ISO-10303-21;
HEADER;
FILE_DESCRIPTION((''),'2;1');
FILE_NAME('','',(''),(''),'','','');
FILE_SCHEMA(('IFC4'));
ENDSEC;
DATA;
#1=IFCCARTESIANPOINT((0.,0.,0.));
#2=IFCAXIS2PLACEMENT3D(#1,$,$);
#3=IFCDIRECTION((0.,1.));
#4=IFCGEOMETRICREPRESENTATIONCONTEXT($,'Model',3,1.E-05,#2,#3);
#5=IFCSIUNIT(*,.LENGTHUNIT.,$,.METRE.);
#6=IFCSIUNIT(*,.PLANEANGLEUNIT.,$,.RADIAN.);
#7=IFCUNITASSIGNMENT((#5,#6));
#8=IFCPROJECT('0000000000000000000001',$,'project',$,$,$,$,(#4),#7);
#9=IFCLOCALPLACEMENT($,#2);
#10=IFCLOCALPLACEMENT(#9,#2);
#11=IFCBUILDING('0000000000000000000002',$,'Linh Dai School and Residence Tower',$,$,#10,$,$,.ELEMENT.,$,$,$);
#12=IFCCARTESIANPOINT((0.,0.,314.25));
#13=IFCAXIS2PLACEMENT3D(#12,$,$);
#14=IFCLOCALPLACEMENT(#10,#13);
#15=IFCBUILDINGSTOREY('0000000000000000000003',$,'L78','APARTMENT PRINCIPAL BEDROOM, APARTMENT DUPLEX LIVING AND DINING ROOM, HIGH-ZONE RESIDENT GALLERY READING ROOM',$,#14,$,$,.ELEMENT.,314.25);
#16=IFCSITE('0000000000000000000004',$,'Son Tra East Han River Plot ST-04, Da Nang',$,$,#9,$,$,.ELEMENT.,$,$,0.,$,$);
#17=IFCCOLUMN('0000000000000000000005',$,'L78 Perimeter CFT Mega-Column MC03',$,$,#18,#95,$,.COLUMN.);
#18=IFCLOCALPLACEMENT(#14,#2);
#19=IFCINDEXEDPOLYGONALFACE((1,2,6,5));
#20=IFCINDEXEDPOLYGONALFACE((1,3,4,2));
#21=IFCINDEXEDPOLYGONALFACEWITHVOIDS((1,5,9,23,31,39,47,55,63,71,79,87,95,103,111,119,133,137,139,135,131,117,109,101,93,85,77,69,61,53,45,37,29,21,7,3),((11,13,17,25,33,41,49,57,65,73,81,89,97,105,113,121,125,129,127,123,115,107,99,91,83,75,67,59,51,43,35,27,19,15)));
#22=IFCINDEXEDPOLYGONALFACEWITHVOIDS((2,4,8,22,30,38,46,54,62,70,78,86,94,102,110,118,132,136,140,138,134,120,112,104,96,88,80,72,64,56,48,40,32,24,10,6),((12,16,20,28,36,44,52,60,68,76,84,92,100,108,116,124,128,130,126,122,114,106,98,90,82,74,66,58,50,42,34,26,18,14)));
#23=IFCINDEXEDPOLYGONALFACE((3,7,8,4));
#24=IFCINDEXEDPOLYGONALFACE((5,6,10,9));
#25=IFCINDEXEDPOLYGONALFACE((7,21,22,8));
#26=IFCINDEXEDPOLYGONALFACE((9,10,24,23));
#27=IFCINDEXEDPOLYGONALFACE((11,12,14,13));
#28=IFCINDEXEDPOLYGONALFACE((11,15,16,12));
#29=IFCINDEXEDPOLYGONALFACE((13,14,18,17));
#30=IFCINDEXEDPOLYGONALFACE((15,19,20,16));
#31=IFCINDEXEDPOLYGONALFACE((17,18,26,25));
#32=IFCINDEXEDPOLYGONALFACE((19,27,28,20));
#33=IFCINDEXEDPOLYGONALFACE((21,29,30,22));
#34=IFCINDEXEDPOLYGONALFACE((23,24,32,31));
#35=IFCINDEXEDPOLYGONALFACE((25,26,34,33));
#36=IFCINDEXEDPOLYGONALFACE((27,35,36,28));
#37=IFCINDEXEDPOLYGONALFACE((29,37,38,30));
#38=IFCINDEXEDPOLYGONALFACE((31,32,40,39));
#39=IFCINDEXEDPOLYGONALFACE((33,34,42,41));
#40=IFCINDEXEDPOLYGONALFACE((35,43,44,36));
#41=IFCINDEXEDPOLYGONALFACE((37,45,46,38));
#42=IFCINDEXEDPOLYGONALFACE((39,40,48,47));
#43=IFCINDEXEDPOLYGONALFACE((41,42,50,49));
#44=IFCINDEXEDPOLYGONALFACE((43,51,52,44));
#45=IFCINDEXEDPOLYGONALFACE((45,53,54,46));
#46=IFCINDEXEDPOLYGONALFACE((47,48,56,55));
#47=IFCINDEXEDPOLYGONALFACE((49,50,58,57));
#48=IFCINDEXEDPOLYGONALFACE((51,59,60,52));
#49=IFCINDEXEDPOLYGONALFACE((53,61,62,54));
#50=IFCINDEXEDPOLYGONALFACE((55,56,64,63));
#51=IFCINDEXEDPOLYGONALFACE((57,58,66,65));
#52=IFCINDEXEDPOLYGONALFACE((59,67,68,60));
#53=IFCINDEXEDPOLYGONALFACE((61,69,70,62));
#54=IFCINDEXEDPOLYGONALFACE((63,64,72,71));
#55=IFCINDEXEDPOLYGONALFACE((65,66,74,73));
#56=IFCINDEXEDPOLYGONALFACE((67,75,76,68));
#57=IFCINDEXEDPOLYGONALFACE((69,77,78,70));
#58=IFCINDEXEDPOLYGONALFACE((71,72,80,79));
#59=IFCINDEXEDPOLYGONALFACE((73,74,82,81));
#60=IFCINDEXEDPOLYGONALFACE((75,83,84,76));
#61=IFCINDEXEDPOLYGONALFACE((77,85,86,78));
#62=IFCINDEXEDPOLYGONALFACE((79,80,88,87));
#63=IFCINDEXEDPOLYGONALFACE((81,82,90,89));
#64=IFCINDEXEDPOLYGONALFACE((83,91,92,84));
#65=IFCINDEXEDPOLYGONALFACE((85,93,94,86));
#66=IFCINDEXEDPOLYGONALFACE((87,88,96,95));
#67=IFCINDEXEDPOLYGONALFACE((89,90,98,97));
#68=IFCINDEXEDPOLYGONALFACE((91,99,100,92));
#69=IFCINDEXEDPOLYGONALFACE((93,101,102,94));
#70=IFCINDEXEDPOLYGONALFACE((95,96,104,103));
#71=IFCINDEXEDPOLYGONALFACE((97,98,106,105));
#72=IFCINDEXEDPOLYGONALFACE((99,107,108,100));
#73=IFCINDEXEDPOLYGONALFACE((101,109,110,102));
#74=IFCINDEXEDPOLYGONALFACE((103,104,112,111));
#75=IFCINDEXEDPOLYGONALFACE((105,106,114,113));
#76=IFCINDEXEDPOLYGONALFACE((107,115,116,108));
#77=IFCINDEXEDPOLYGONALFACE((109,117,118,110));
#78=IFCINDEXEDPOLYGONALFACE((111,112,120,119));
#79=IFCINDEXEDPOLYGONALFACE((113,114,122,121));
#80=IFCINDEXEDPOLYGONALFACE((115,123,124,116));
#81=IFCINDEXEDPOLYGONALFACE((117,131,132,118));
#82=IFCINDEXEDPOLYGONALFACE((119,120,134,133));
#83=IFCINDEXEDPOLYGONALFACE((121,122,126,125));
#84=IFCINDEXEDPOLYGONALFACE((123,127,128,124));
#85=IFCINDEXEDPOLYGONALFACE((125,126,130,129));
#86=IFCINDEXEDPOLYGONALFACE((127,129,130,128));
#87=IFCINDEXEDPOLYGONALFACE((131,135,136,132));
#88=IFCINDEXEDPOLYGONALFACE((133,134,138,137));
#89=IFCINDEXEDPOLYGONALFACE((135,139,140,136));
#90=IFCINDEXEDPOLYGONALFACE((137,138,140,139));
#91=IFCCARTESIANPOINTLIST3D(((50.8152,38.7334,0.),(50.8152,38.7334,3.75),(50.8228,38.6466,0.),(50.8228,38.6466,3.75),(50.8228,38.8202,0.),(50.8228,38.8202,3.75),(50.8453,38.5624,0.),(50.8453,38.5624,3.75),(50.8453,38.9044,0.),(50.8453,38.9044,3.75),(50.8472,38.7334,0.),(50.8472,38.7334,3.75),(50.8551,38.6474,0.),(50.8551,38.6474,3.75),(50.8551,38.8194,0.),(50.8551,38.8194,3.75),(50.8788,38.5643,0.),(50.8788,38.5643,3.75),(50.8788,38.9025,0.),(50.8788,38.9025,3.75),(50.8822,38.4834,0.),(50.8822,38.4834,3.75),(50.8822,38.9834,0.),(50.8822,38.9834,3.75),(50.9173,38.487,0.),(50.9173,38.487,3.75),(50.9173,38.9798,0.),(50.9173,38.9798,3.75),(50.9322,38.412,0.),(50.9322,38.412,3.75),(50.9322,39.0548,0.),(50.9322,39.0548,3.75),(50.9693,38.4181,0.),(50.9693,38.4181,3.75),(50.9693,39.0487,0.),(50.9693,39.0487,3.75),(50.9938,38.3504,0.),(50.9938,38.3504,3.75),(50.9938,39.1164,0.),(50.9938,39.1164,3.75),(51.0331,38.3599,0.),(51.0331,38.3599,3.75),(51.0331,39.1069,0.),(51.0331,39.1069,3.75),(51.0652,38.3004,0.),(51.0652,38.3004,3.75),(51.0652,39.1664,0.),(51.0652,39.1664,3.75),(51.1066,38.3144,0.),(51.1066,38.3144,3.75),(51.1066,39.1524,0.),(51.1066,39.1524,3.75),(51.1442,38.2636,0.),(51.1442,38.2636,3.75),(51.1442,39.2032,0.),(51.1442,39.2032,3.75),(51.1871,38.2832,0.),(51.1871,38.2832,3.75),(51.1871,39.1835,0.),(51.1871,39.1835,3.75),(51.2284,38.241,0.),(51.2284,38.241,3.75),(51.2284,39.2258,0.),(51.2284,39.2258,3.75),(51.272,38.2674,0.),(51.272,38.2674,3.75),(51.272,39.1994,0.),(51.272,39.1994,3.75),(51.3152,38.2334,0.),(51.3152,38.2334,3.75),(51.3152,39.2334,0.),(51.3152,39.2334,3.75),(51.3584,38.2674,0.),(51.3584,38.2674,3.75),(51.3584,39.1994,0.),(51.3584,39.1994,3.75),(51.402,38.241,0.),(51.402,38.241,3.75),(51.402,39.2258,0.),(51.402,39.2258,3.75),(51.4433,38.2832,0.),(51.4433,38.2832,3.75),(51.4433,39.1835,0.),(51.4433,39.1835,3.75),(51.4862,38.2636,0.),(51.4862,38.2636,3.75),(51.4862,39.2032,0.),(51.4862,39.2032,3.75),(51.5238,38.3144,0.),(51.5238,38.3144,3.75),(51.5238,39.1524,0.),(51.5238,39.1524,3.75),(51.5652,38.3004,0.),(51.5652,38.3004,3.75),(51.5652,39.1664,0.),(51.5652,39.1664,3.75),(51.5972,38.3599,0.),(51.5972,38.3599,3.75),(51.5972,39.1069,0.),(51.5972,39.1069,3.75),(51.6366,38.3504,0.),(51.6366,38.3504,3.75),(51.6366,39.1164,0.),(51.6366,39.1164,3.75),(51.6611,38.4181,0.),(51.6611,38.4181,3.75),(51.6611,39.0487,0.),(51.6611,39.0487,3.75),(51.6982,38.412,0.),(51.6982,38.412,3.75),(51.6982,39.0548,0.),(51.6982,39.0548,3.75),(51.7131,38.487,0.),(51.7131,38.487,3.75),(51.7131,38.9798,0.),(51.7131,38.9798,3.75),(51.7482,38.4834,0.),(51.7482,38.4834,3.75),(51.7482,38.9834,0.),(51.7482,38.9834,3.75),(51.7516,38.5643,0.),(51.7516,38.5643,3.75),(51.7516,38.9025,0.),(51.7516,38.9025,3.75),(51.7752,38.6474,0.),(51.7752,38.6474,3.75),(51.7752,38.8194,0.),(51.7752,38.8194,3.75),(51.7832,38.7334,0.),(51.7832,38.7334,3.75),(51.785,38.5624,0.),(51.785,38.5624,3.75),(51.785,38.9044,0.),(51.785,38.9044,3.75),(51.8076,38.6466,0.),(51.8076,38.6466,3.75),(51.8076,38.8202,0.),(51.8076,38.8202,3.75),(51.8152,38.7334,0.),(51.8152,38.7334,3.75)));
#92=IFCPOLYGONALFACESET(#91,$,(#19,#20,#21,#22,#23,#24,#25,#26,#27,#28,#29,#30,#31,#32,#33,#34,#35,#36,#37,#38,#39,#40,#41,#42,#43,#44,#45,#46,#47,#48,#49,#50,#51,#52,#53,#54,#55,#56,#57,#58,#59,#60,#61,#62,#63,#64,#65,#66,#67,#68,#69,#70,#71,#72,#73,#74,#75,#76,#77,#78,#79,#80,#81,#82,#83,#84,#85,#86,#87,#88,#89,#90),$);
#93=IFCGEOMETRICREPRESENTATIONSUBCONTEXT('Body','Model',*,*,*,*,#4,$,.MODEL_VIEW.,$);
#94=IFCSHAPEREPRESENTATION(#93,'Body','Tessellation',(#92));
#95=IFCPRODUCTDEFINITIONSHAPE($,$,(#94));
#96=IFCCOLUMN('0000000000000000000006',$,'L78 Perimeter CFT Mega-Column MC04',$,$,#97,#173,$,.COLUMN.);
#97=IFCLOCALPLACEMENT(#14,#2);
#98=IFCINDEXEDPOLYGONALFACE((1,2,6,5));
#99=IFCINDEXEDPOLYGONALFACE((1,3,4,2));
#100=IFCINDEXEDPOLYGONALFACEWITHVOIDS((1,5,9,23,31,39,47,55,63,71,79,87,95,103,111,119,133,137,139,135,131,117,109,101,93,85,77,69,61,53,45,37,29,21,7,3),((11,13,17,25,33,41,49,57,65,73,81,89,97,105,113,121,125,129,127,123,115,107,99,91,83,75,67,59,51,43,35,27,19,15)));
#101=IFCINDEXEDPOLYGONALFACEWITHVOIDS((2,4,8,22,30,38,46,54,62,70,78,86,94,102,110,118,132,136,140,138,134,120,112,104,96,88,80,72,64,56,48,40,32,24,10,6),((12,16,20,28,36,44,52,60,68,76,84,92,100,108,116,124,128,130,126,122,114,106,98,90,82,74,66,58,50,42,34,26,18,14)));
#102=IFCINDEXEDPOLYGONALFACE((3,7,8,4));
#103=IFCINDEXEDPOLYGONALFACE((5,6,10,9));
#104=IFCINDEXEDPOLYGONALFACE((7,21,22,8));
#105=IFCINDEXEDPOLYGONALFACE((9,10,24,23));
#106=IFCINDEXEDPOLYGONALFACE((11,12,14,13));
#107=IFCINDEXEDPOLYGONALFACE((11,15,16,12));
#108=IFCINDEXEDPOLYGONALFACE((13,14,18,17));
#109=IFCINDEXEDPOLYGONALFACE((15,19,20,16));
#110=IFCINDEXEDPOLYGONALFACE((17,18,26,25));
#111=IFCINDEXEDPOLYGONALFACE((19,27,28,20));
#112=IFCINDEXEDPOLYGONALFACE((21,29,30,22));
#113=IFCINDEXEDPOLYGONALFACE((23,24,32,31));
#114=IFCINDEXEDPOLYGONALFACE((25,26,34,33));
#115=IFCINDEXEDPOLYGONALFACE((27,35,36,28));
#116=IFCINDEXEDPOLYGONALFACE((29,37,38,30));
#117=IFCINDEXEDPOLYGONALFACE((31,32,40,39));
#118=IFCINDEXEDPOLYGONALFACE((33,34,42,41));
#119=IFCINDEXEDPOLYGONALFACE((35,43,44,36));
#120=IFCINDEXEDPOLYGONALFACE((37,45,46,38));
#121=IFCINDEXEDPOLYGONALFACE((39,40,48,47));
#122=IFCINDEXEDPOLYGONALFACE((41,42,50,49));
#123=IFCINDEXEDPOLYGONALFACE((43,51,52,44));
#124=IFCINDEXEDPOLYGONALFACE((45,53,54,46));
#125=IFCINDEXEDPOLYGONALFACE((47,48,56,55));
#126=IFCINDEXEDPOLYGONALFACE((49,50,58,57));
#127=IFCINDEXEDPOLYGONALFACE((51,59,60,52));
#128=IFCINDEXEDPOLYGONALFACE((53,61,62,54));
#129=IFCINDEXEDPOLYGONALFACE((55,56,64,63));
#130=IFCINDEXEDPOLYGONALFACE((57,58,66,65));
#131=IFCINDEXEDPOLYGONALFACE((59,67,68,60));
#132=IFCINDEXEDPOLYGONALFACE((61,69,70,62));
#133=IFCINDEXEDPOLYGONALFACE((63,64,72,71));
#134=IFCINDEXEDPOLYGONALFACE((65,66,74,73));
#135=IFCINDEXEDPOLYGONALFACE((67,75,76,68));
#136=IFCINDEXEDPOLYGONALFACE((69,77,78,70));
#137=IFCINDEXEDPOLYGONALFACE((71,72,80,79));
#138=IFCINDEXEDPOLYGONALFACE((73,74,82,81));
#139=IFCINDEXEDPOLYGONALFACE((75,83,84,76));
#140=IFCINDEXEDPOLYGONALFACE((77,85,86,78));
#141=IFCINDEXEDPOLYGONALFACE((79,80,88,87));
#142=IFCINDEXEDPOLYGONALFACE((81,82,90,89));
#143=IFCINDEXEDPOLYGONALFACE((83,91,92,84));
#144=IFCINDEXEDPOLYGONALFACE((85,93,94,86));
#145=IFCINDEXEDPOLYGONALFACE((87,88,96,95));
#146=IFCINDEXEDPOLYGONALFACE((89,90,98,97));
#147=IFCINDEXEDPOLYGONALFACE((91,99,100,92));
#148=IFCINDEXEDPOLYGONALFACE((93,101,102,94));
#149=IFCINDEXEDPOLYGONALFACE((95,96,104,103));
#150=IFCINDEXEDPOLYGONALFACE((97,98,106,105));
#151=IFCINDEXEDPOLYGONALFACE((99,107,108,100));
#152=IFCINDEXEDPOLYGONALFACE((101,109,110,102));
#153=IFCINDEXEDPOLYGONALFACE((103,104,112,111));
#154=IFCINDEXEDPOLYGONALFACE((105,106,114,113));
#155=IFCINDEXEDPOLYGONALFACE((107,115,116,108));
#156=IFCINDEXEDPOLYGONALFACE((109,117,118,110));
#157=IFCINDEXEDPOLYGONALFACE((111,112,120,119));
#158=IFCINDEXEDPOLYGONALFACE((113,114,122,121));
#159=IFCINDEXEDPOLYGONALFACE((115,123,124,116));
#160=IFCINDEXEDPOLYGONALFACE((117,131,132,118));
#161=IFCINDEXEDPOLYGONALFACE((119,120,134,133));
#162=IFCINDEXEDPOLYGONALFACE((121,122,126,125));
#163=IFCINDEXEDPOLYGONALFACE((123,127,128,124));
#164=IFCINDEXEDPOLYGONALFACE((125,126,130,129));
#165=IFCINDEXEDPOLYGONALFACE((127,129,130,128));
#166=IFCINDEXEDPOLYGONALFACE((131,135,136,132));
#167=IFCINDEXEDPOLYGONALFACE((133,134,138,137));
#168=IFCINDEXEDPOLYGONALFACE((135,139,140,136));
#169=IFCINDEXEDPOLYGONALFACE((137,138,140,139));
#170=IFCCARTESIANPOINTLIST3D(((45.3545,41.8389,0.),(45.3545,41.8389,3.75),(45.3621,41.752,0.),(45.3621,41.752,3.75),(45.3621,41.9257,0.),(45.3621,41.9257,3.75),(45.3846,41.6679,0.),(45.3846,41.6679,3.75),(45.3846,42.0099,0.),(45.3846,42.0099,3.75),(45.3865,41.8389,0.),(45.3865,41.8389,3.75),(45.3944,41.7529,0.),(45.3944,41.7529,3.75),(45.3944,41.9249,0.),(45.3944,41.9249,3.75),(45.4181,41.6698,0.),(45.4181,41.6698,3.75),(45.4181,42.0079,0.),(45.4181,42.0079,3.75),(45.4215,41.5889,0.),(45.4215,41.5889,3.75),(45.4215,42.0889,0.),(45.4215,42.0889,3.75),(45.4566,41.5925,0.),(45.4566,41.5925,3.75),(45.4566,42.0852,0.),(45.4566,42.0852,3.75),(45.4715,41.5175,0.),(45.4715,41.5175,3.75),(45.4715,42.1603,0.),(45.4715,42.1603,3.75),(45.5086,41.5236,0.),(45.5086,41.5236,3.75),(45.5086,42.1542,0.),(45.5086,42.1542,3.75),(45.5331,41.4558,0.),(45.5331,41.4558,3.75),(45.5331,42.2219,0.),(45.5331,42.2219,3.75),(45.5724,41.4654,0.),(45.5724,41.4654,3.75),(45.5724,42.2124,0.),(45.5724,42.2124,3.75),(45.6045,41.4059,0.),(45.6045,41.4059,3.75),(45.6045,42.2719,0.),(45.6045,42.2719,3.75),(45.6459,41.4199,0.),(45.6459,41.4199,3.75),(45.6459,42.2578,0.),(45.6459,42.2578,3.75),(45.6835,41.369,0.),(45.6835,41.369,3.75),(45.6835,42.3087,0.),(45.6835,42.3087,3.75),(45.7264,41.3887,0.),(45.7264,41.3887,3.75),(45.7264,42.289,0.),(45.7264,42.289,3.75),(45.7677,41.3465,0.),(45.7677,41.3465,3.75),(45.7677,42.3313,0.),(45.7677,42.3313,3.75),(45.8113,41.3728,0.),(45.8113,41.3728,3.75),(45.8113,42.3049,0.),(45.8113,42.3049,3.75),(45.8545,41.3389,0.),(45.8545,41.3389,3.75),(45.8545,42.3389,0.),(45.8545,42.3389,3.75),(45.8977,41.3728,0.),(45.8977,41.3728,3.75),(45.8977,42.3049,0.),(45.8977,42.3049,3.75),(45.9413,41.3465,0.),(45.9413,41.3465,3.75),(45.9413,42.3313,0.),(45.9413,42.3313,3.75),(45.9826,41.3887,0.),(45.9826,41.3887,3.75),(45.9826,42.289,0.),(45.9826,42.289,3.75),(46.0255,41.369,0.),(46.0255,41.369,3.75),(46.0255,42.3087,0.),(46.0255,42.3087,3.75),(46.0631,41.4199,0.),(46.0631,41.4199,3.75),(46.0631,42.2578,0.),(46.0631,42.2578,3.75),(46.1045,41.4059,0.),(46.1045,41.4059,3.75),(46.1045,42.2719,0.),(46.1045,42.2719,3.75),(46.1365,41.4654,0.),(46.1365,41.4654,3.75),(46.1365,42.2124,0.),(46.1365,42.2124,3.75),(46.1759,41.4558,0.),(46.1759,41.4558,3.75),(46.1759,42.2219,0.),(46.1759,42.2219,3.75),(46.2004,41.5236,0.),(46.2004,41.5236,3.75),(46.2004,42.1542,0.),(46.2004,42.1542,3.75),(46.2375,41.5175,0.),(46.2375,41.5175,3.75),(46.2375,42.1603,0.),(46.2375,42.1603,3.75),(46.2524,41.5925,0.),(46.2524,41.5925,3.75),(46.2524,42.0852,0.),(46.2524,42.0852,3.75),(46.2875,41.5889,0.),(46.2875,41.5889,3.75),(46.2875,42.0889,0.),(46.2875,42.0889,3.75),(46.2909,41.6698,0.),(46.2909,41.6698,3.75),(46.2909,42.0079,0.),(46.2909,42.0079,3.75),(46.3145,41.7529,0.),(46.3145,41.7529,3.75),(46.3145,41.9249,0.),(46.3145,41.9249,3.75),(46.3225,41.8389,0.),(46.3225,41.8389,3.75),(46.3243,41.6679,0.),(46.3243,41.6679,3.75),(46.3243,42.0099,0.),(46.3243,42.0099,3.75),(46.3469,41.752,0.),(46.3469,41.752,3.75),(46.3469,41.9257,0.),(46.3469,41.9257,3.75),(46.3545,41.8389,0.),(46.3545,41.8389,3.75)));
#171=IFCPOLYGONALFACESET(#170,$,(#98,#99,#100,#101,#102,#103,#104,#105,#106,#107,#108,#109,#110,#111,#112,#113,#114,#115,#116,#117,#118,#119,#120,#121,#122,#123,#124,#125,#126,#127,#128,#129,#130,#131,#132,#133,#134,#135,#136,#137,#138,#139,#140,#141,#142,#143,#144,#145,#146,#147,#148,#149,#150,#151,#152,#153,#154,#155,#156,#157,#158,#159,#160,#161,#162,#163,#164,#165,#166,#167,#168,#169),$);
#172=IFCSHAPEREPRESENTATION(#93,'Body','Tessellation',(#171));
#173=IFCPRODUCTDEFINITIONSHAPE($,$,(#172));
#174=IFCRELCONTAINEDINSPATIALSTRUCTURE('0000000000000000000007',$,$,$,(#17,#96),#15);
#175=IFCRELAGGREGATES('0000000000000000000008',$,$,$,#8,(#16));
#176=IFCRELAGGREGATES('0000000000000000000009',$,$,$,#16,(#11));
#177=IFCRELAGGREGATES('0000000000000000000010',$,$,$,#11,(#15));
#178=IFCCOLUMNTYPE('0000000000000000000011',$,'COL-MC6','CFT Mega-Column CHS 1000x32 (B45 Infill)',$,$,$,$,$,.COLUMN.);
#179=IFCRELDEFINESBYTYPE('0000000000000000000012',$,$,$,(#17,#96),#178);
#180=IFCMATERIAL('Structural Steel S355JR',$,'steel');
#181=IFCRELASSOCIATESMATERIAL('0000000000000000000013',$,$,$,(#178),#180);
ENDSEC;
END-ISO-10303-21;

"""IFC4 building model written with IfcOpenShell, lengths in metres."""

from ifc_helpers import new_model, si_unit, direction, frame, origin, origin_2d, place, context, subcontext, project, spatial, hollow_circle, extrude, material, material_profile, profile_set, type_object, element, save


model = new_model("IFC4")

# Units and contexts
model_context = context("Model", 3, precision=1e-05, world=origin(), true_north=direction((0.0, 1.0)))
body_context = subcontext(model_context, "Body", "Model", "MODEL_VIEW")
ifc_project = project(units=[si_unit("LENGTHUNIT", "METRE"), si_unit("PLANEANGLEUNIT", "RADIAN")], contexts=[model_context])

# Site, building, storey
site_placement = place(None, origin())
site = spatial("IfcSite", under=ifc_project, at=site_placement, Name="Son Tra East Han River Plot ST-04, Da Nang", CompositionType="ELEMENT", RefElevation=0.0)
building_placement = place(site_placement, origin())
building = spatial("IfcBuilding", under=site, at=building_placement, Name="Linh Dai School and Residence Tower", CompositionType="ELEMENT")
storey_placement = place(building_placement, frame((0.0, 0.0, 314.25)))
storey = spatial("IfcBuildingStorey", under=building, at=storey_placement, Name="L78", Description="APARTMENT PRINCIPAL BEDROOM, APARTMENT DUPLEX LIVING AND DINING ROOM, HIGH-ZONE RESIDENT GALLERY READING ROOM", CompositionType="ELEMENT", Elevation=314.25)

# Columns
ifc_material_1 = material(Name="Structural Steel S355JR", Category="steel")
ifc_material_profile_1 = material_profile(ifc_material_1, hollow_circle(Radius=0.5, WallThickness=0.032, at=origin_2d()), Name="CHS 1000x32")
ifc_profile_set_1 = profile_set([ifc_material_profile_1], Name="Structural Steel S355JR")
column_type = type_object("IfcColumnType", Name="COL-MC6", Description="CFT Mega-Column CHS 1000x32 (B45 Infill)", PredefinedType="COLUMN", material=ifc_profile_set_1)
for number, where, z_axis, x_axis, name in (
    (1, (51.3152, 38.7334, 0.0), (0.0, 0.0, 1.0), (1.0, 0.0, 0.0), "L78 Perimeter CFT Mega-Column MC03"),
    (2, (45.8545, 41.8389, 0.0), (0.0, 0.0, 1.0), (1.0, 0.0, 0.0), "L78 Perimeter CFT Mega-Column MC04"),
):
    element("IfcColumn", number, at=place(storey_placement, frame(where, z_axis=z_axis, x_axis=x_axis)), inside=storey, type_object=column_type, Name=name, PredefinedType="COLUMN", context=body_context, shape_type="SweptSolid", body=[
        extrude(hollow_circle(Radius=0.5, WallThickness=0.032, at=origin_2d()), origin(), (0.0, 0.0, 1.0), 3.75),
    ])

save(model, "model.ifc")
